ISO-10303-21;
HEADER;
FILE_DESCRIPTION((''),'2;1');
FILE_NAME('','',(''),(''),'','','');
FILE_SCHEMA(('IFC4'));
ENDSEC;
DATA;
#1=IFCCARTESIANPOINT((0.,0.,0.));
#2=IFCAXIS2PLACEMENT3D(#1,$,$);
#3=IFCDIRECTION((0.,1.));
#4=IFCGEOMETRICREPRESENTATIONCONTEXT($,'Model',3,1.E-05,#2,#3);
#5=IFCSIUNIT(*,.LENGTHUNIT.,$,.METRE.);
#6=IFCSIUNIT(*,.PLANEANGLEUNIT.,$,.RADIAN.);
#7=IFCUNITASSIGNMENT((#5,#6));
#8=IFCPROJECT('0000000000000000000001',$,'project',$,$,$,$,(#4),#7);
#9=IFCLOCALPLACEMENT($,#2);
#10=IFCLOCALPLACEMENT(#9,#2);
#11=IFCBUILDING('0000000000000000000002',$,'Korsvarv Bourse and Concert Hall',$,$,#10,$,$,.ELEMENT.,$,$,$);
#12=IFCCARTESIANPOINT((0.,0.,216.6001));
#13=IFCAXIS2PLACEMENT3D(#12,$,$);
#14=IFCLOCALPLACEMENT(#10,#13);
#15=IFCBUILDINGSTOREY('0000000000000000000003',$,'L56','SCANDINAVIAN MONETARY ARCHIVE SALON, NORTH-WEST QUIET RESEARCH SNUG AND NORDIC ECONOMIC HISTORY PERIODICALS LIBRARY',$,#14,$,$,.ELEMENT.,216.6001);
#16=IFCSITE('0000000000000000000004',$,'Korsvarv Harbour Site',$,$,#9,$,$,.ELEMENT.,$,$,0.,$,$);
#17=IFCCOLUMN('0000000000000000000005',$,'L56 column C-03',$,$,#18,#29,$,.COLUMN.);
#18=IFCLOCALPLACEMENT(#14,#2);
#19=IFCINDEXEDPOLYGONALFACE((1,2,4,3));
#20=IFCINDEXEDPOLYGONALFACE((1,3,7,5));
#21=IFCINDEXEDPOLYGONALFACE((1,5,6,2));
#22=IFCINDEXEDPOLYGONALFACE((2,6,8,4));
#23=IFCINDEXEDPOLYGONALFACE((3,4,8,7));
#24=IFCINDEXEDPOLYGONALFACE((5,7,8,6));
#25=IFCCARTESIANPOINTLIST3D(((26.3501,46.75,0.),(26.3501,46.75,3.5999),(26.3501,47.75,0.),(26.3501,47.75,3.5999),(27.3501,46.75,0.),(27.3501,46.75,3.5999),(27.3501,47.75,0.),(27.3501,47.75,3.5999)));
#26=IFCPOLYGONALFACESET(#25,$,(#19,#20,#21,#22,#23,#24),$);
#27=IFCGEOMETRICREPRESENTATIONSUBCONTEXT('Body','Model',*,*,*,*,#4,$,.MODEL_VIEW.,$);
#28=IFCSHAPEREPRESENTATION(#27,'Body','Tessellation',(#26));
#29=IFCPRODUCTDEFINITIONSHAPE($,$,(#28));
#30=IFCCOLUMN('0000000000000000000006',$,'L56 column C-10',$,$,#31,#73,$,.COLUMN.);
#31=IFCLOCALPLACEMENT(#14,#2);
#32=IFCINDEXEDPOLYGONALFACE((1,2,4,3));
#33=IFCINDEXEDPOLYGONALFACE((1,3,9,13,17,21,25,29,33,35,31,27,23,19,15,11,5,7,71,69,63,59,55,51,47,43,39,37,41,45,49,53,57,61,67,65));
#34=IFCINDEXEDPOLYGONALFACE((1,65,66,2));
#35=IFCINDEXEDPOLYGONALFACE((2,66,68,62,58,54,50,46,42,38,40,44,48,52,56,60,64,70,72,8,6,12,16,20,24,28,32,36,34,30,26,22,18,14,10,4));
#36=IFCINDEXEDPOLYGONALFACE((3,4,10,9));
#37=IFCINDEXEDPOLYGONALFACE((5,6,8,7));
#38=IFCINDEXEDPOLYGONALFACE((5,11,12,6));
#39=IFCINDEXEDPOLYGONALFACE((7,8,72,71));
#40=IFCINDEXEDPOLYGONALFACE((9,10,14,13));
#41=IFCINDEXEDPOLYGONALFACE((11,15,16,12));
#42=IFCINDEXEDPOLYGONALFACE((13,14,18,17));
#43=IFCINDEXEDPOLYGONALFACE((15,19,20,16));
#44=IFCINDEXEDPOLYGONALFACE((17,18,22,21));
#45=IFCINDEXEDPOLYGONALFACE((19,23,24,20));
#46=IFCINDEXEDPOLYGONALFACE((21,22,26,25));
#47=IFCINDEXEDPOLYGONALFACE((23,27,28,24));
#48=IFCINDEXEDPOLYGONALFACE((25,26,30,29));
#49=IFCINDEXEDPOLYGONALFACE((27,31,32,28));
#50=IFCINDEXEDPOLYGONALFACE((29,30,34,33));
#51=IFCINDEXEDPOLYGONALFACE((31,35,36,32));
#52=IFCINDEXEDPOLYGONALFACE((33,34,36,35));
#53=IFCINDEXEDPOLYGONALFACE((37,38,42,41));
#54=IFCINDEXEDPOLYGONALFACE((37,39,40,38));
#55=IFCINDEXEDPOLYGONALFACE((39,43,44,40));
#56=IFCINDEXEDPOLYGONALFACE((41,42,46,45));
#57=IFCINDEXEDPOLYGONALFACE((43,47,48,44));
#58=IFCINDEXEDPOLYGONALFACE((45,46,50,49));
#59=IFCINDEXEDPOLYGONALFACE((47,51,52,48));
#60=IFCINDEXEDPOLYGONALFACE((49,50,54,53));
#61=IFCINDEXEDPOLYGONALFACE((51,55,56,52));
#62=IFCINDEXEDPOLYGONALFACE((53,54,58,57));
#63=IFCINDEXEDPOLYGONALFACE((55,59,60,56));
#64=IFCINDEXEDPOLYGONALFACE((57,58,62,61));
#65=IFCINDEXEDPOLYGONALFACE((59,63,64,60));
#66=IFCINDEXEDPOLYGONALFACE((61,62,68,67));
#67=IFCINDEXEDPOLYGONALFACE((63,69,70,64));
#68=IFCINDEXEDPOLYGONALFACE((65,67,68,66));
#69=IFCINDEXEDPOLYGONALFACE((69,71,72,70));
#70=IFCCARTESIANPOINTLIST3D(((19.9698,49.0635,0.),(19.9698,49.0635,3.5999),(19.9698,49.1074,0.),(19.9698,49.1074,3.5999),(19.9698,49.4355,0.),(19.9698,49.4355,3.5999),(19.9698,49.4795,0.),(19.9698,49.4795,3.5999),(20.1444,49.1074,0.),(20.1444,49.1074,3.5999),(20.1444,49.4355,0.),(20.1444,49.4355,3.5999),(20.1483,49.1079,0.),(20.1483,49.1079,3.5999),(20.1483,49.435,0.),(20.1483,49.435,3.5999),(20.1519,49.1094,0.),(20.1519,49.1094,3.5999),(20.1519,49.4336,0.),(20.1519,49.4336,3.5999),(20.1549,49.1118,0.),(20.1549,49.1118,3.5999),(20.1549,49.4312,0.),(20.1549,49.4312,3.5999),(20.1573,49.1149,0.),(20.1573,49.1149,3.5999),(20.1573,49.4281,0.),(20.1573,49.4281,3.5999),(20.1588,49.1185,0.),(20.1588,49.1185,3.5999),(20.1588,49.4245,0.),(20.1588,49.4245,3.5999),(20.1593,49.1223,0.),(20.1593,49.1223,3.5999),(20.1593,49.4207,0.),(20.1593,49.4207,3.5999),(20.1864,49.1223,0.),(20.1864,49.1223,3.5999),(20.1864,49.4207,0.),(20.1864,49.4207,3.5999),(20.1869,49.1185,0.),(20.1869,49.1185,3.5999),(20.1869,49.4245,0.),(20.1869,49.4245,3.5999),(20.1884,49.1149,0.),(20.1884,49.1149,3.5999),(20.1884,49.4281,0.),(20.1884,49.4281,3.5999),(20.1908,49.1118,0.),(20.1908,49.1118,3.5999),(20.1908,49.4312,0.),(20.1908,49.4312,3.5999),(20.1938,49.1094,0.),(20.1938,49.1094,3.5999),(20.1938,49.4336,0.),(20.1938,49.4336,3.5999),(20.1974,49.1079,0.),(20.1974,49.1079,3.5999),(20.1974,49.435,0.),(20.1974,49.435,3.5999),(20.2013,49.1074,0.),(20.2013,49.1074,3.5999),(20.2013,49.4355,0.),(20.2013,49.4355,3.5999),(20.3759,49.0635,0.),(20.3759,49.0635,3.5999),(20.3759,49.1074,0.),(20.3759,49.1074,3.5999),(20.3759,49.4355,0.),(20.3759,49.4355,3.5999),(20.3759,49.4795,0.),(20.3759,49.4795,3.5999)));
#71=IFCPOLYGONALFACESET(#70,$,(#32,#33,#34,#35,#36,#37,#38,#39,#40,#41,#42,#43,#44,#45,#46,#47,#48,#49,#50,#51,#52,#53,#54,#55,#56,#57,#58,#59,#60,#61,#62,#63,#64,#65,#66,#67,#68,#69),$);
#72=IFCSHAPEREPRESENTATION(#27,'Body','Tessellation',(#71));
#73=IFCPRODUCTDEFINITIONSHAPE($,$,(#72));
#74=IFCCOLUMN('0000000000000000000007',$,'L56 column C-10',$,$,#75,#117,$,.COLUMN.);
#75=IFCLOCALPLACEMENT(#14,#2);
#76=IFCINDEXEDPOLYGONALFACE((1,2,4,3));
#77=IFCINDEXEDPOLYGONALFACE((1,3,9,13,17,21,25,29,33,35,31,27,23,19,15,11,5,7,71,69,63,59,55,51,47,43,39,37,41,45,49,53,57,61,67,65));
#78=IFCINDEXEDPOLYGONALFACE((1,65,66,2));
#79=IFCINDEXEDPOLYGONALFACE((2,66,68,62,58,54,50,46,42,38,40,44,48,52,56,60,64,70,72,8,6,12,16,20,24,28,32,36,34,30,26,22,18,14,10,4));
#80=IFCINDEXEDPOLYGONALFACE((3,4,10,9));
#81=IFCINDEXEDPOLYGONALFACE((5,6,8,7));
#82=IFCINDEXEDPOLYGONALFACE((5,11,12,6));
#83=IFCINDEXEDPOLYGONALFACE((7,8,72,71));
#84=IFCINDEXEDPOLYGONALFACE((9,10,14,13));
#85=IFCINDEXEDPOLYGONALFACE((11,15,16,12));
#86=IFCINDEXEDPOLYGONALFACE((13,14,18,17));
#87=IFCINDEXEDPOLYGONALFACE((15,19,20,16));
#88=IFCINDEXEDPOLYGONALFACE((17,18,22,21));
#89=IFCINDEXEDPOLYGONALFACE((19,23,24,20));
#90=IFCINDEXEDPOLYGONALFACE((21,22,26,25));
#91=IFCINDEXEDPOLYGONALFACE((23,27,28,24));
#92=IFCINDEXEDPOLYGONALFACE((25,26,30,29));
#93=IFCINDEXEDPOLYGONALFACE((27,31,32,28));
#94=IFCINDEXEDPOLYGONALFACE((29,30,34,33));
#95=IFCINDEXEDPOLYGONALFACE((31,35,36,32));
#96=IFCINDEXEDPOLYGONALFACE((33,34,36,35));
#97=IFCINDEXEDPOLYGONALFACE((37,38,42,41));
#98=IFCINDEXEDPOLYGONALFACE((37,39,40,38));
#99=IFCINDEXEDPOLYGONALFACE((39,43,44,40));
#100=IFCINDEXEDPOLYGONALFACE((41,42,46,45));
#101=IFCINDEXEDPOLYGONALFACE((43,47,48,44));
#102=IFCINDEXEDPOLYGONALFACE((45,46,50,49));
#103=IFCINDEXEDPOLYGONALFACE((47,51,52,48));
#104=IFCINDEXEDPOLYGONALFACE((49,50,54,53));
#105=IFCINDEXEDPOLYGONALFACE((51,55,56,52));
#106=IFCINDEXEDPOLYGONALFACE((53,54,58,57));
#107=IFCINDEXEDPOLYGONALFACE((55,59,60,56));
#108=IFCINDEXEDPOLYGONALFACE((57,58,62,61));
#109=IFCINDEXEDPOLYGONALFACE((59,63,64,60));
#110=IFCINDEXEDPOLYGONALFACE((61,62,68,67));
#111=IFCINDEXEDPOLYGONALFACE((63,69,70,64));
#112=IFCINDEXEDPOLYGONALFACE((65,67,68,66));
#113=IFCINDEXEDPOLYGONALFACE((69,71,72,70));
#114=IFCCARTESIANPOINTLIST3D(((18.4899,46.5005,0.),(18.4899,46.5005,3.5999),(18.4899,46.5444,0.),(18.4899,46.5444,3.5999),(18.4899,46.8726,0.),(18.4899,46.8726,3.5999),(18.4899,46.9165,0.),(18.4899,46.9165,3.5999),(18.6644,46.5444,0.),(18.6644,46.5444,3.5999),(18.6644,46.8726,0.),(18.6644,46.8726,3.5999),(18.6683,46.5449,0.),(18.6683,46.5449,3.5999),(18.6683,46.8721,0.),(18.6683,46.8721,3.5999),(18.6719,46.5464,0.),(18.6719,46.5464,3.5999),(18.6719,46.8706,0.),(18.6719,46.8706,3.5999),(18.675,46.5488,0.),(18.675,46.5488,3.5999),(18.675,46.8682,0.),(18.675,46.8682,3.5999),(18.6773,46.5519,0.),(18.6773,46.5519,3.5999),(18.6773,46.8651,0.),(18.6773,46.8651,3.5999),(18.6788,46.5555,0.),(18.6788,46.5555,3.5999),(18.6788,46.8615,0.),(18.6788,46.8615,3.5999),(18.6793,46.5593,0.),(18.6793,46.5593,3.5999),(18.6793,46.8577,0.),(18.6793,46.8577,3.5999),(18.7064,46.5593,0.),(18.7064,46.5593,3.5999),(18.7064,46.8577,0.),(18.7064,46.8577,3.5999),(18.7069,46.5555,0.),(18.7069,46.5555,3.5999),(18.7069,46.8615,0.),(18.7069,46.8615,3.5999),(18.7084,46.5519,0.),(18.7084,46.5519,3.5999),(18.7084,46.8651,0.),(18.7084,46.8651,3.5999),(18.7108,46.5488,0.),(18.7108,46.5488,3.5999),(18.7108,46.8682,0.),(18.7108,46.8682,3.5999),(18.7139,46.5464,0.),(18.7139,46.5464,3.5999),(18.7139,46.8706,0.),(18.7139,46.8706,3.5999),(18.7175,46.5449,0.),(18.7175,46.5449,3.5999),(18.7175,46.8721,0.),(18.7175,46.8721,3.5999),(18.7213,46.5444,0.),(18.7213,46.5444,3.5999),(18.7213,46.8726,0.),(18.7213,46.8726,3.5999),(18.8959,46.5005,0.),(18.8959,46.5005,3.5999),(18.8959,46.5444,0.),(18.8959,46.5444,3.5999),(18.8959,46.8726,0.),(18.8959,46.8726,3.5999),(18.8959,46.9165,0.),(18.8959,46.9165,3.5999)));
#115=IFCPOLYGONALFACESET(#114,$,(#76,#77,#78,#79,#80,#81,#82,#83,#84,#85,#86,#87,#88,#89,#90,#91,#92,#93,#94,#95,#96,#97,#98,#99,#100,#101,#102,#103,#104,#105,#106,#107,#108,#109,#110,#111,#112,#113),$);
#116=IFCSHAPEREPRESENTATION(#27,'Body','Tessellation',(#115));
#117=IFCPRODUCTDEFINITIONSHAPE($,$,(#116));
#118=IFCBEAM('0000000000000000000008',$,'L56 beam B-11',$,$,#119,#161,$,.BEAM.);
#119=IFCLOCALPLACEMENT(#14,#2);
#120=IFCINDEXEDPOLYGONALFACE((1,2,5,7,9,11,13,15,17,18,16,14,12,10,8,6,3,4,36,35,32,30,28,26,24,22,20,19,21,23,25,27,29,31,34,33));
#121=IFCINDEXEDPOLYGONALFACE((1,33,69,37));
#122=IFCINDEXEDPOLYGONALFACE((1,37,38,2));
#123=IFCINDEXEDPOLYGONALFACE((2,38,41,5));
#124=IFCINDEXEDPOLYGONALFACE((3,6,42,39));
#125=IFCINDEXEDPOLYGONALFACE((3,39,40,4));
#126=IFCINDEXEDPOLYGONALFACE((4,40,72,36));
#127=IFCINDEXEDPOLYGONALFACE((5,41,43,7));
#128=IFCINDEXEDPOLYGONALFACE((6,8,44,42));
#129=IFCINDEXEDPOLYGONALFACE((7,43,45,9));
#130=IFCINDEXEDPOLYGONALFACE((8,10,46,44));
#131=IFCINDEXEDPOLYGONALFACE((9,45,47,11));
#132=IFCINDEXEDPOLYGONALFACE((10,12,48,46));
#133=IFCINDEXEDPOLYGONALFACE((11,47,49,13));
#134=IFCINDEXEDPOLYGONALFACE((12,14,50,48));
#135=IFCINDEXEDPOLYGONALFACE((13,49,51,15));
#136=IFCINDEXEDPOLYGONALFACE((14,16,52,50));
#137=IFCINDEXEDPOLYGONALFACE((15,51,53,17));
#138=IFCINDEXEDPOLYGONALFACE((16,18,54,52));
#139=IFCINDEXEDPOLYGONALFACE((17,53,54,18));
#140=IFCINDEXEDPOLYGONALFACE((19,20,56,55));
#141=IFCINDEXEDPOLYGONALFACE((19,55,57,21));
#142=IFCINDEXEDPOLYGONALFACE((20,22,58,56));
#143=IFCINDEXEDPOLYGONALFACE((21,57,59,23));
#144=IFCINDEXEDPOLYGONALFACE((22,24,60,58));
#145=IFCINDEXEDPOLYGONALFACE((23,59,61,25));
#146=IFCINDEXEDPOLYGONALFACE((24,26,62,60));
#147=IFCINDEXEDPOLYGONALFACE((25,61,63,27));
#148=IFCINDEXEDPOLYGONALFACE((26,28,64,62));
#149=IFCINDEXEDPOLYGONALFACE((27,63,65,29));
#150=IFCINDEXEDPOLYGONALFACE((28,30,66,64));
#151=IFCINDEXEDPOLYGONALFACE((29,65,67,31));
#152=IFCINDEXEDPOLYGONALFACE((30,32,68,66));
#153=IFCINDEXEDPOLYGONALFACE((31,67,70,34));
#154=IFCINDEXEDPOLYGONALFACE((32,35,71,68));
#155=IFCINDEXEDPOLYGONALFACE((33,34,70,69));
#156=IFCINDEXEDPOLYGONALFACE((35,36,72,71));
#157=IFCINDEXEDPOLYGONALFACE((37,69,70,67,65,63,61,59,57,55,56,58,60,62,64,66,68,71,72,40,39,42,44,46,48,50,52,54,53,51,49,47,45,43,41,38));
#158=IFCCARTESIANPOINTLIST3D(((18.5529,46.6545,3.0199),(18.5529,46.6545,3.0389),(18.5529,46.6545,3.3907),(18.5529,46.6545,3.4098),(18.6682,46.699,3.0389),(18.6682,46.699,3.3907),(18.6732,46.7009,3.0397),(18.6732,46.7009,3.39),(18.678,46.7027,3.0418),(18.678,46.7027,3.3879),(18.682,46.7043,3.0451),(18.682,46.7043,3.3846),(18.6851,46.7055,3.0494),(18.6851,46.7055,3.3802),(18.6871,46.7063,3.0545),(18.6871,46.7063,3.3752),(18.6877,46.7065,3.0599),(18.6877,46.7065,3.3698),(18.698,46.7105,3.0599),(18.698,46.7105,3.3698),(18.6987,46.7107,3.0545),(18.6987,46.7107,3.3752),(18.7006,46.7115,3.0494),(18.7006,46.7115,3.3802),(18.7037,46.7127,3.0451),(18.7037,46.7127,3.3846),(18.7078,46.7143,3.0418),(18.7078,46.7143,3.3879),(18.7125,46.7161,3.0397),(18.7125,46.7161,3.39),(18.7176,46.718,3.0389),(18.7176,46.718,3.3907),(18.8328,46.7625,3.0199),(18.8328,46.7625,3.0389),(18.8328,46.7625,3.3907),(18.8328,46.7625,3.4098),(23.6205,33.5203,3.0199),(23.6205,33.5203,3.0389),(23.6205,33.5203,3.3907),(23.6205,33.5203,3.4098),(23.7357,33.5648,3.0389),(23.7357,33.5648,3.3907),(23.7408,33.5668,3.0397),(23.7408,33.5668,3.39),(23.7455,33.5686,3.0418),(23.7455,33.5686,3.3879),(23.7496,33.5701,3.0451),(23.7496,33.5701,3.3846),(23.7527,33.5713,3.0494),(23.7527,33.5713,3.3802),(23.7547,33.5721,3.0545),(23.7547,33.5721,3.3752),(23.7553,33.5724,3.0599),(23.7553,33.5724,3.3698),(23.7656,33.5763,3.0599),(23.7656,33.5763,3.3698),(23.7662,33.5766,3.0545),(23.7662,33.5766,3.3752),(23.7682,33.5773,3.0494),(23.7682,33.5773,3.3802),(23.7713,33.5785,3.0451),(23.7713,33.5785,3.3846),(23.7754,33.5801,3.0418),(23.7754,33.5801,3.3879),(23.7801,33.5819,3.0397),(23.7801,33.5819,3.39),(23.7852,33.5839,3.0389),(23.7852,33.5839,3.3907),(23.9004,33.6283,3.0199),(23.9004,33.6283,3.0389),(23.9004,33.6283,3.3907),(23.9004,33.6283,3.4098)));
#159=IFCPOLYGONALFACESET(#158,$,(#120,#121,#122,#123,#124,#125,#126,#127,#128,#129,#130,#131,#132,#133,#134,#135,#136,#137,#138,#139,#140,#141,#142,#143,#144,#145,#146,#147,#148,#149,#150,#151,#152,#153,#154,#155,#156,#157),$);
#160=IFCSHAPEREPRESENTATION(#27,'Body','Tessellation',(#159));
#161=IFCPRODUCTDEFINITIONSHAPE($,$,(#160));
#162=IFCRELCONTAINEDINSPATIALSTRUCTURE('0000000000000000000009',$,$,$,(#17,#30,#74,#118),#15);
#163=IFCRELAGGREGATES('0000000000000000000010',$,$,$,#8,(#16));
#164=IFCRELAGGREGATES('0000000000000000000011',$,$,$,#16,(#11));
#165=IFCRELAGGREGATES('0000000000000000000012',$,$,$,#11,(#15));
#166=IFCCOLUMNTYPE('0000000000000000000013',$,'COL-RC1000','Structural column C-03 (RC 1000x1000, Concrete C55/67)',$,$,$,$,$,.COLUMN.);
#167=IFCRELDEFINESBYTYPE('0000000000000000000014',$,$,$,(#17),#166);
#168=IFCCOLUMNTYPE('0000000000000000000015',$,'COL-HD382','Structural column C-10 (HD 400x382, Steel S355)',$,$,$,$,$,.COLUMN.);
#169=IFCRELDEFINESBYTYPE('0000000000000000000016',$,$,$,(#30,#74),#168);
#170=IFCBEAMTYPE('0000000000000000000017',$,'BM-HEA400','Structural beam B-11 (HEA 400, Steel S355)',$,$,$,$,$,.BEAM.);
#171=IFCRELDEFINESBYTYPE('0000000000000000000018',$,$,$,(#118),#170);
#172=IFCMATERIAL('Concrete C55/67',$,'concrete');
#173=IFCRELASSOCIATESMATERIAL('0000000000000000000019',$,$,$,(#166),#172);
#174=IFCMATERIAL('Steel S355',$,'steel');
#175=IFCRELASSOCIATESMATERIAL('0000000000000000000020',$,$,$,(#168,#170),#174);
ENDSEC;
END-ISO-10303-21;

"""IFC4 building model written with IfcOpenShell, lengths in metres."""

from ifc_helpers import new_model, si_unit, direction, frame, origin, origin_2d, place, context, subcontext, project, spatial, rectangle, i_section, extrude, source, transform, mapped, material, material_profile, profile_set, type_object, element, save


model = new_model("IFC4")

# Units and contexts
model_context = context("Model", 3, precision=1e-05, world=origin(), true_north=direction((0.0, 1.0)))
body_context = subcontext(model_context, "Body", "Model", "MODEL_VIEW")
ifc_project = project(units=[si_unit("LENGTHUNIT", "METRE"), si_unit("PLANEANGLEUNIT", "RADIAN")], contexts=[model_context])

# Site, building, storey
site_placement = place(None, origin())
site = spatial("IfcSite", under=ifc_project, at=site_placement, Name="Korsvarv Harbour Site", CompositionType="ELEMENT", RefElevation=0.0)
building_placement = place(site_placement, origin())
building = spatial("IfcBuilding", under=site, at=building_placement, Name="Korsvarv Bourse and Concert Hall", CompositionType="ELEMENT")
storey_placement = place(building_placement, frame((0.0, 0.0, 216.6001)))
storey = spatial("IfcBuildingStorey", under=building, at=storey_placement, Name="L56", Description="SCANDINAVIAN MONETARY ARCHIVE SALON, NORTH-WEST QUIET RESEARCH SNUG AND NORDIC ECONOMIC HISTORY PERIODICALS LIBRARY", CompositionType="ELEMENT", Elevation=216.6001)

# Columns
ifc_material_1 = material(Name="Concrete C55/67", Category="concrete")
ifc_material_profile_1 = material_profile(ifc_material_1, rectangle(XDim=1.0, YDim=1.0, at=origin_2d()), Name="RC 1000x1000")
ifc_profile_set_1 = profile_set([ifc_material_profile_1], Name="Concrete C55/67")
column_type_1 = type_object("IfcColumnType", Name="COL-RC1000", Description="Structural column C-03 (RC 1000x1000, Concrete C55/67)", PredefinedType="COLUMN", material=ifc_profile_set_1)
shared_shape_1 = source(origin(), body_context, "Body", "SweptSolid", [
    extrude(rectangle(XDim=1.0, YDim=1.0, at=origin_2d()), origin(), (0.0, 0.0, 1.0), 3.5999),
])
column_placement = place(storey_placement, frame((26.8501, 47.25, 0.0), z_axis=(0.0, 0.0, 1.0), x_axis=(1.0, 0.0, 0.0)))
element("IfcColumn", 1, at=column_placement, inside=storey, type_object=column_type_1, Name="L56 column C-03", PredefinedType="COLUMN", context=body_context, shape_type="MappedRepresentation", body=[
    mapped(shared_shape_1, transform((0.0, 0.0, 0.0), scale=1.0)),
])
ifc_material_2 = material(Name="Steel S355", Category="steel")
ifc_material_profile_2 = material_profile(ifc_material_2, i_section(OverallWidth=0.406, OverallDepth=0.416, WebThickness=0.0271, FlangeThickness=0.0439, FilletRadius=0.0149, at=origin_2d()), Name="HD 400x382")
ifc_profile_set_2 = profile_set([ifc_material_profile_2], Name="Steel S355")
column_type_2 = type_object("IfcColumnType", Name="COL-HD382", Description="Structural column C-10 (HD 400x382, Steel S355)", PredefinedType="COLUMN", material=ifc_profile_set_2)
shared_shape_2 = source(origin(), body_context, "Body", "SweptSolid", [
    extrude(i_section(OverallWidth=0.406, OverallDepth=0.416, WebThickness=0.0271, FlangeThickness=0.0439, FilletRadius=0.0149, at=origin_2d()), origin(), (0.0, 0.0, 1.0), 3.5999),
])
for number, where, z_axis, x_axis, name in (
    (2, (20.1729, 49.2715, 0.0), (0.0, 0.0, 1.0), (1.0, 0.0, 0.0), "L56 column C-10"),
    (3, (18.6929, 46.7085, 0.0), (0.0, 0.0, 1.0), (1.0, 0.0, 0.0), "L56 column C-10"),
):
    element("IfcColumn", number, at=place(storey_placement, frame(where, z_axis=z_axis, x_axis=x_axis)), inside=storey, type_object=column_type_2, Name=name, PredefinedType="COLUMN", context=body_context, shape_type="MappedRepresentation", body=[
        mapped(shared_shape_2, transform((0.0, 0.0, 0.0), scale=1.0)),
    ])

# Beam
ifc_material_profile_3 = material_profile(ifc_material_2, i_section(OverallWidth=0.3, OverallDepth=0.3899, WebThickness=0.011, FlangeThickness=0.019, FilletRadius=0.021, at=origin_2d()), Name="HEA 400")
ifc_profile_set_3 = profile_set([ifc_material_profile_3], Name="Steel S355")
beam_type_1 = type_object("IfcBeamType", Name="BM-HEA400", Description="Structural beam B-11 (HEA 400, Steel S355)", PredefinedType="BEAM", material=ifc_profile_set_3)
shared_shape_3 = source(origin(), body_context, "Body", "SweptSolid", [
    extrude(i_section(OverallWidth=0.3, OverallDepth=0.3899, WebThickness=0.011, FlangeThickness=0.019, FilletRadius=0.021, at=origin_2d()), origin(), (0.0, 0.0, 1.0), 14.0779),
])
beam_1_placement = place(storey_placement, frame((18.6929, 46.7085, 3.2148), z_axis=(0.359968, -0.932965, 0.0), x_axis=(0.932965, 0.359968, 0.0)))
element("IfcBeam", 4, at=beam_1_placement, inside=storey, type_object=beam_type_1, Name="L56 beam B-11", PredefinedType="BEAM", context=body_context, shape_type="MappedRepresentation", body=[
    mapped(shared_shape_3, transform((0.0, 0.0, 0.0), scale=1.0)),
])

save(model, "model.ifc")
